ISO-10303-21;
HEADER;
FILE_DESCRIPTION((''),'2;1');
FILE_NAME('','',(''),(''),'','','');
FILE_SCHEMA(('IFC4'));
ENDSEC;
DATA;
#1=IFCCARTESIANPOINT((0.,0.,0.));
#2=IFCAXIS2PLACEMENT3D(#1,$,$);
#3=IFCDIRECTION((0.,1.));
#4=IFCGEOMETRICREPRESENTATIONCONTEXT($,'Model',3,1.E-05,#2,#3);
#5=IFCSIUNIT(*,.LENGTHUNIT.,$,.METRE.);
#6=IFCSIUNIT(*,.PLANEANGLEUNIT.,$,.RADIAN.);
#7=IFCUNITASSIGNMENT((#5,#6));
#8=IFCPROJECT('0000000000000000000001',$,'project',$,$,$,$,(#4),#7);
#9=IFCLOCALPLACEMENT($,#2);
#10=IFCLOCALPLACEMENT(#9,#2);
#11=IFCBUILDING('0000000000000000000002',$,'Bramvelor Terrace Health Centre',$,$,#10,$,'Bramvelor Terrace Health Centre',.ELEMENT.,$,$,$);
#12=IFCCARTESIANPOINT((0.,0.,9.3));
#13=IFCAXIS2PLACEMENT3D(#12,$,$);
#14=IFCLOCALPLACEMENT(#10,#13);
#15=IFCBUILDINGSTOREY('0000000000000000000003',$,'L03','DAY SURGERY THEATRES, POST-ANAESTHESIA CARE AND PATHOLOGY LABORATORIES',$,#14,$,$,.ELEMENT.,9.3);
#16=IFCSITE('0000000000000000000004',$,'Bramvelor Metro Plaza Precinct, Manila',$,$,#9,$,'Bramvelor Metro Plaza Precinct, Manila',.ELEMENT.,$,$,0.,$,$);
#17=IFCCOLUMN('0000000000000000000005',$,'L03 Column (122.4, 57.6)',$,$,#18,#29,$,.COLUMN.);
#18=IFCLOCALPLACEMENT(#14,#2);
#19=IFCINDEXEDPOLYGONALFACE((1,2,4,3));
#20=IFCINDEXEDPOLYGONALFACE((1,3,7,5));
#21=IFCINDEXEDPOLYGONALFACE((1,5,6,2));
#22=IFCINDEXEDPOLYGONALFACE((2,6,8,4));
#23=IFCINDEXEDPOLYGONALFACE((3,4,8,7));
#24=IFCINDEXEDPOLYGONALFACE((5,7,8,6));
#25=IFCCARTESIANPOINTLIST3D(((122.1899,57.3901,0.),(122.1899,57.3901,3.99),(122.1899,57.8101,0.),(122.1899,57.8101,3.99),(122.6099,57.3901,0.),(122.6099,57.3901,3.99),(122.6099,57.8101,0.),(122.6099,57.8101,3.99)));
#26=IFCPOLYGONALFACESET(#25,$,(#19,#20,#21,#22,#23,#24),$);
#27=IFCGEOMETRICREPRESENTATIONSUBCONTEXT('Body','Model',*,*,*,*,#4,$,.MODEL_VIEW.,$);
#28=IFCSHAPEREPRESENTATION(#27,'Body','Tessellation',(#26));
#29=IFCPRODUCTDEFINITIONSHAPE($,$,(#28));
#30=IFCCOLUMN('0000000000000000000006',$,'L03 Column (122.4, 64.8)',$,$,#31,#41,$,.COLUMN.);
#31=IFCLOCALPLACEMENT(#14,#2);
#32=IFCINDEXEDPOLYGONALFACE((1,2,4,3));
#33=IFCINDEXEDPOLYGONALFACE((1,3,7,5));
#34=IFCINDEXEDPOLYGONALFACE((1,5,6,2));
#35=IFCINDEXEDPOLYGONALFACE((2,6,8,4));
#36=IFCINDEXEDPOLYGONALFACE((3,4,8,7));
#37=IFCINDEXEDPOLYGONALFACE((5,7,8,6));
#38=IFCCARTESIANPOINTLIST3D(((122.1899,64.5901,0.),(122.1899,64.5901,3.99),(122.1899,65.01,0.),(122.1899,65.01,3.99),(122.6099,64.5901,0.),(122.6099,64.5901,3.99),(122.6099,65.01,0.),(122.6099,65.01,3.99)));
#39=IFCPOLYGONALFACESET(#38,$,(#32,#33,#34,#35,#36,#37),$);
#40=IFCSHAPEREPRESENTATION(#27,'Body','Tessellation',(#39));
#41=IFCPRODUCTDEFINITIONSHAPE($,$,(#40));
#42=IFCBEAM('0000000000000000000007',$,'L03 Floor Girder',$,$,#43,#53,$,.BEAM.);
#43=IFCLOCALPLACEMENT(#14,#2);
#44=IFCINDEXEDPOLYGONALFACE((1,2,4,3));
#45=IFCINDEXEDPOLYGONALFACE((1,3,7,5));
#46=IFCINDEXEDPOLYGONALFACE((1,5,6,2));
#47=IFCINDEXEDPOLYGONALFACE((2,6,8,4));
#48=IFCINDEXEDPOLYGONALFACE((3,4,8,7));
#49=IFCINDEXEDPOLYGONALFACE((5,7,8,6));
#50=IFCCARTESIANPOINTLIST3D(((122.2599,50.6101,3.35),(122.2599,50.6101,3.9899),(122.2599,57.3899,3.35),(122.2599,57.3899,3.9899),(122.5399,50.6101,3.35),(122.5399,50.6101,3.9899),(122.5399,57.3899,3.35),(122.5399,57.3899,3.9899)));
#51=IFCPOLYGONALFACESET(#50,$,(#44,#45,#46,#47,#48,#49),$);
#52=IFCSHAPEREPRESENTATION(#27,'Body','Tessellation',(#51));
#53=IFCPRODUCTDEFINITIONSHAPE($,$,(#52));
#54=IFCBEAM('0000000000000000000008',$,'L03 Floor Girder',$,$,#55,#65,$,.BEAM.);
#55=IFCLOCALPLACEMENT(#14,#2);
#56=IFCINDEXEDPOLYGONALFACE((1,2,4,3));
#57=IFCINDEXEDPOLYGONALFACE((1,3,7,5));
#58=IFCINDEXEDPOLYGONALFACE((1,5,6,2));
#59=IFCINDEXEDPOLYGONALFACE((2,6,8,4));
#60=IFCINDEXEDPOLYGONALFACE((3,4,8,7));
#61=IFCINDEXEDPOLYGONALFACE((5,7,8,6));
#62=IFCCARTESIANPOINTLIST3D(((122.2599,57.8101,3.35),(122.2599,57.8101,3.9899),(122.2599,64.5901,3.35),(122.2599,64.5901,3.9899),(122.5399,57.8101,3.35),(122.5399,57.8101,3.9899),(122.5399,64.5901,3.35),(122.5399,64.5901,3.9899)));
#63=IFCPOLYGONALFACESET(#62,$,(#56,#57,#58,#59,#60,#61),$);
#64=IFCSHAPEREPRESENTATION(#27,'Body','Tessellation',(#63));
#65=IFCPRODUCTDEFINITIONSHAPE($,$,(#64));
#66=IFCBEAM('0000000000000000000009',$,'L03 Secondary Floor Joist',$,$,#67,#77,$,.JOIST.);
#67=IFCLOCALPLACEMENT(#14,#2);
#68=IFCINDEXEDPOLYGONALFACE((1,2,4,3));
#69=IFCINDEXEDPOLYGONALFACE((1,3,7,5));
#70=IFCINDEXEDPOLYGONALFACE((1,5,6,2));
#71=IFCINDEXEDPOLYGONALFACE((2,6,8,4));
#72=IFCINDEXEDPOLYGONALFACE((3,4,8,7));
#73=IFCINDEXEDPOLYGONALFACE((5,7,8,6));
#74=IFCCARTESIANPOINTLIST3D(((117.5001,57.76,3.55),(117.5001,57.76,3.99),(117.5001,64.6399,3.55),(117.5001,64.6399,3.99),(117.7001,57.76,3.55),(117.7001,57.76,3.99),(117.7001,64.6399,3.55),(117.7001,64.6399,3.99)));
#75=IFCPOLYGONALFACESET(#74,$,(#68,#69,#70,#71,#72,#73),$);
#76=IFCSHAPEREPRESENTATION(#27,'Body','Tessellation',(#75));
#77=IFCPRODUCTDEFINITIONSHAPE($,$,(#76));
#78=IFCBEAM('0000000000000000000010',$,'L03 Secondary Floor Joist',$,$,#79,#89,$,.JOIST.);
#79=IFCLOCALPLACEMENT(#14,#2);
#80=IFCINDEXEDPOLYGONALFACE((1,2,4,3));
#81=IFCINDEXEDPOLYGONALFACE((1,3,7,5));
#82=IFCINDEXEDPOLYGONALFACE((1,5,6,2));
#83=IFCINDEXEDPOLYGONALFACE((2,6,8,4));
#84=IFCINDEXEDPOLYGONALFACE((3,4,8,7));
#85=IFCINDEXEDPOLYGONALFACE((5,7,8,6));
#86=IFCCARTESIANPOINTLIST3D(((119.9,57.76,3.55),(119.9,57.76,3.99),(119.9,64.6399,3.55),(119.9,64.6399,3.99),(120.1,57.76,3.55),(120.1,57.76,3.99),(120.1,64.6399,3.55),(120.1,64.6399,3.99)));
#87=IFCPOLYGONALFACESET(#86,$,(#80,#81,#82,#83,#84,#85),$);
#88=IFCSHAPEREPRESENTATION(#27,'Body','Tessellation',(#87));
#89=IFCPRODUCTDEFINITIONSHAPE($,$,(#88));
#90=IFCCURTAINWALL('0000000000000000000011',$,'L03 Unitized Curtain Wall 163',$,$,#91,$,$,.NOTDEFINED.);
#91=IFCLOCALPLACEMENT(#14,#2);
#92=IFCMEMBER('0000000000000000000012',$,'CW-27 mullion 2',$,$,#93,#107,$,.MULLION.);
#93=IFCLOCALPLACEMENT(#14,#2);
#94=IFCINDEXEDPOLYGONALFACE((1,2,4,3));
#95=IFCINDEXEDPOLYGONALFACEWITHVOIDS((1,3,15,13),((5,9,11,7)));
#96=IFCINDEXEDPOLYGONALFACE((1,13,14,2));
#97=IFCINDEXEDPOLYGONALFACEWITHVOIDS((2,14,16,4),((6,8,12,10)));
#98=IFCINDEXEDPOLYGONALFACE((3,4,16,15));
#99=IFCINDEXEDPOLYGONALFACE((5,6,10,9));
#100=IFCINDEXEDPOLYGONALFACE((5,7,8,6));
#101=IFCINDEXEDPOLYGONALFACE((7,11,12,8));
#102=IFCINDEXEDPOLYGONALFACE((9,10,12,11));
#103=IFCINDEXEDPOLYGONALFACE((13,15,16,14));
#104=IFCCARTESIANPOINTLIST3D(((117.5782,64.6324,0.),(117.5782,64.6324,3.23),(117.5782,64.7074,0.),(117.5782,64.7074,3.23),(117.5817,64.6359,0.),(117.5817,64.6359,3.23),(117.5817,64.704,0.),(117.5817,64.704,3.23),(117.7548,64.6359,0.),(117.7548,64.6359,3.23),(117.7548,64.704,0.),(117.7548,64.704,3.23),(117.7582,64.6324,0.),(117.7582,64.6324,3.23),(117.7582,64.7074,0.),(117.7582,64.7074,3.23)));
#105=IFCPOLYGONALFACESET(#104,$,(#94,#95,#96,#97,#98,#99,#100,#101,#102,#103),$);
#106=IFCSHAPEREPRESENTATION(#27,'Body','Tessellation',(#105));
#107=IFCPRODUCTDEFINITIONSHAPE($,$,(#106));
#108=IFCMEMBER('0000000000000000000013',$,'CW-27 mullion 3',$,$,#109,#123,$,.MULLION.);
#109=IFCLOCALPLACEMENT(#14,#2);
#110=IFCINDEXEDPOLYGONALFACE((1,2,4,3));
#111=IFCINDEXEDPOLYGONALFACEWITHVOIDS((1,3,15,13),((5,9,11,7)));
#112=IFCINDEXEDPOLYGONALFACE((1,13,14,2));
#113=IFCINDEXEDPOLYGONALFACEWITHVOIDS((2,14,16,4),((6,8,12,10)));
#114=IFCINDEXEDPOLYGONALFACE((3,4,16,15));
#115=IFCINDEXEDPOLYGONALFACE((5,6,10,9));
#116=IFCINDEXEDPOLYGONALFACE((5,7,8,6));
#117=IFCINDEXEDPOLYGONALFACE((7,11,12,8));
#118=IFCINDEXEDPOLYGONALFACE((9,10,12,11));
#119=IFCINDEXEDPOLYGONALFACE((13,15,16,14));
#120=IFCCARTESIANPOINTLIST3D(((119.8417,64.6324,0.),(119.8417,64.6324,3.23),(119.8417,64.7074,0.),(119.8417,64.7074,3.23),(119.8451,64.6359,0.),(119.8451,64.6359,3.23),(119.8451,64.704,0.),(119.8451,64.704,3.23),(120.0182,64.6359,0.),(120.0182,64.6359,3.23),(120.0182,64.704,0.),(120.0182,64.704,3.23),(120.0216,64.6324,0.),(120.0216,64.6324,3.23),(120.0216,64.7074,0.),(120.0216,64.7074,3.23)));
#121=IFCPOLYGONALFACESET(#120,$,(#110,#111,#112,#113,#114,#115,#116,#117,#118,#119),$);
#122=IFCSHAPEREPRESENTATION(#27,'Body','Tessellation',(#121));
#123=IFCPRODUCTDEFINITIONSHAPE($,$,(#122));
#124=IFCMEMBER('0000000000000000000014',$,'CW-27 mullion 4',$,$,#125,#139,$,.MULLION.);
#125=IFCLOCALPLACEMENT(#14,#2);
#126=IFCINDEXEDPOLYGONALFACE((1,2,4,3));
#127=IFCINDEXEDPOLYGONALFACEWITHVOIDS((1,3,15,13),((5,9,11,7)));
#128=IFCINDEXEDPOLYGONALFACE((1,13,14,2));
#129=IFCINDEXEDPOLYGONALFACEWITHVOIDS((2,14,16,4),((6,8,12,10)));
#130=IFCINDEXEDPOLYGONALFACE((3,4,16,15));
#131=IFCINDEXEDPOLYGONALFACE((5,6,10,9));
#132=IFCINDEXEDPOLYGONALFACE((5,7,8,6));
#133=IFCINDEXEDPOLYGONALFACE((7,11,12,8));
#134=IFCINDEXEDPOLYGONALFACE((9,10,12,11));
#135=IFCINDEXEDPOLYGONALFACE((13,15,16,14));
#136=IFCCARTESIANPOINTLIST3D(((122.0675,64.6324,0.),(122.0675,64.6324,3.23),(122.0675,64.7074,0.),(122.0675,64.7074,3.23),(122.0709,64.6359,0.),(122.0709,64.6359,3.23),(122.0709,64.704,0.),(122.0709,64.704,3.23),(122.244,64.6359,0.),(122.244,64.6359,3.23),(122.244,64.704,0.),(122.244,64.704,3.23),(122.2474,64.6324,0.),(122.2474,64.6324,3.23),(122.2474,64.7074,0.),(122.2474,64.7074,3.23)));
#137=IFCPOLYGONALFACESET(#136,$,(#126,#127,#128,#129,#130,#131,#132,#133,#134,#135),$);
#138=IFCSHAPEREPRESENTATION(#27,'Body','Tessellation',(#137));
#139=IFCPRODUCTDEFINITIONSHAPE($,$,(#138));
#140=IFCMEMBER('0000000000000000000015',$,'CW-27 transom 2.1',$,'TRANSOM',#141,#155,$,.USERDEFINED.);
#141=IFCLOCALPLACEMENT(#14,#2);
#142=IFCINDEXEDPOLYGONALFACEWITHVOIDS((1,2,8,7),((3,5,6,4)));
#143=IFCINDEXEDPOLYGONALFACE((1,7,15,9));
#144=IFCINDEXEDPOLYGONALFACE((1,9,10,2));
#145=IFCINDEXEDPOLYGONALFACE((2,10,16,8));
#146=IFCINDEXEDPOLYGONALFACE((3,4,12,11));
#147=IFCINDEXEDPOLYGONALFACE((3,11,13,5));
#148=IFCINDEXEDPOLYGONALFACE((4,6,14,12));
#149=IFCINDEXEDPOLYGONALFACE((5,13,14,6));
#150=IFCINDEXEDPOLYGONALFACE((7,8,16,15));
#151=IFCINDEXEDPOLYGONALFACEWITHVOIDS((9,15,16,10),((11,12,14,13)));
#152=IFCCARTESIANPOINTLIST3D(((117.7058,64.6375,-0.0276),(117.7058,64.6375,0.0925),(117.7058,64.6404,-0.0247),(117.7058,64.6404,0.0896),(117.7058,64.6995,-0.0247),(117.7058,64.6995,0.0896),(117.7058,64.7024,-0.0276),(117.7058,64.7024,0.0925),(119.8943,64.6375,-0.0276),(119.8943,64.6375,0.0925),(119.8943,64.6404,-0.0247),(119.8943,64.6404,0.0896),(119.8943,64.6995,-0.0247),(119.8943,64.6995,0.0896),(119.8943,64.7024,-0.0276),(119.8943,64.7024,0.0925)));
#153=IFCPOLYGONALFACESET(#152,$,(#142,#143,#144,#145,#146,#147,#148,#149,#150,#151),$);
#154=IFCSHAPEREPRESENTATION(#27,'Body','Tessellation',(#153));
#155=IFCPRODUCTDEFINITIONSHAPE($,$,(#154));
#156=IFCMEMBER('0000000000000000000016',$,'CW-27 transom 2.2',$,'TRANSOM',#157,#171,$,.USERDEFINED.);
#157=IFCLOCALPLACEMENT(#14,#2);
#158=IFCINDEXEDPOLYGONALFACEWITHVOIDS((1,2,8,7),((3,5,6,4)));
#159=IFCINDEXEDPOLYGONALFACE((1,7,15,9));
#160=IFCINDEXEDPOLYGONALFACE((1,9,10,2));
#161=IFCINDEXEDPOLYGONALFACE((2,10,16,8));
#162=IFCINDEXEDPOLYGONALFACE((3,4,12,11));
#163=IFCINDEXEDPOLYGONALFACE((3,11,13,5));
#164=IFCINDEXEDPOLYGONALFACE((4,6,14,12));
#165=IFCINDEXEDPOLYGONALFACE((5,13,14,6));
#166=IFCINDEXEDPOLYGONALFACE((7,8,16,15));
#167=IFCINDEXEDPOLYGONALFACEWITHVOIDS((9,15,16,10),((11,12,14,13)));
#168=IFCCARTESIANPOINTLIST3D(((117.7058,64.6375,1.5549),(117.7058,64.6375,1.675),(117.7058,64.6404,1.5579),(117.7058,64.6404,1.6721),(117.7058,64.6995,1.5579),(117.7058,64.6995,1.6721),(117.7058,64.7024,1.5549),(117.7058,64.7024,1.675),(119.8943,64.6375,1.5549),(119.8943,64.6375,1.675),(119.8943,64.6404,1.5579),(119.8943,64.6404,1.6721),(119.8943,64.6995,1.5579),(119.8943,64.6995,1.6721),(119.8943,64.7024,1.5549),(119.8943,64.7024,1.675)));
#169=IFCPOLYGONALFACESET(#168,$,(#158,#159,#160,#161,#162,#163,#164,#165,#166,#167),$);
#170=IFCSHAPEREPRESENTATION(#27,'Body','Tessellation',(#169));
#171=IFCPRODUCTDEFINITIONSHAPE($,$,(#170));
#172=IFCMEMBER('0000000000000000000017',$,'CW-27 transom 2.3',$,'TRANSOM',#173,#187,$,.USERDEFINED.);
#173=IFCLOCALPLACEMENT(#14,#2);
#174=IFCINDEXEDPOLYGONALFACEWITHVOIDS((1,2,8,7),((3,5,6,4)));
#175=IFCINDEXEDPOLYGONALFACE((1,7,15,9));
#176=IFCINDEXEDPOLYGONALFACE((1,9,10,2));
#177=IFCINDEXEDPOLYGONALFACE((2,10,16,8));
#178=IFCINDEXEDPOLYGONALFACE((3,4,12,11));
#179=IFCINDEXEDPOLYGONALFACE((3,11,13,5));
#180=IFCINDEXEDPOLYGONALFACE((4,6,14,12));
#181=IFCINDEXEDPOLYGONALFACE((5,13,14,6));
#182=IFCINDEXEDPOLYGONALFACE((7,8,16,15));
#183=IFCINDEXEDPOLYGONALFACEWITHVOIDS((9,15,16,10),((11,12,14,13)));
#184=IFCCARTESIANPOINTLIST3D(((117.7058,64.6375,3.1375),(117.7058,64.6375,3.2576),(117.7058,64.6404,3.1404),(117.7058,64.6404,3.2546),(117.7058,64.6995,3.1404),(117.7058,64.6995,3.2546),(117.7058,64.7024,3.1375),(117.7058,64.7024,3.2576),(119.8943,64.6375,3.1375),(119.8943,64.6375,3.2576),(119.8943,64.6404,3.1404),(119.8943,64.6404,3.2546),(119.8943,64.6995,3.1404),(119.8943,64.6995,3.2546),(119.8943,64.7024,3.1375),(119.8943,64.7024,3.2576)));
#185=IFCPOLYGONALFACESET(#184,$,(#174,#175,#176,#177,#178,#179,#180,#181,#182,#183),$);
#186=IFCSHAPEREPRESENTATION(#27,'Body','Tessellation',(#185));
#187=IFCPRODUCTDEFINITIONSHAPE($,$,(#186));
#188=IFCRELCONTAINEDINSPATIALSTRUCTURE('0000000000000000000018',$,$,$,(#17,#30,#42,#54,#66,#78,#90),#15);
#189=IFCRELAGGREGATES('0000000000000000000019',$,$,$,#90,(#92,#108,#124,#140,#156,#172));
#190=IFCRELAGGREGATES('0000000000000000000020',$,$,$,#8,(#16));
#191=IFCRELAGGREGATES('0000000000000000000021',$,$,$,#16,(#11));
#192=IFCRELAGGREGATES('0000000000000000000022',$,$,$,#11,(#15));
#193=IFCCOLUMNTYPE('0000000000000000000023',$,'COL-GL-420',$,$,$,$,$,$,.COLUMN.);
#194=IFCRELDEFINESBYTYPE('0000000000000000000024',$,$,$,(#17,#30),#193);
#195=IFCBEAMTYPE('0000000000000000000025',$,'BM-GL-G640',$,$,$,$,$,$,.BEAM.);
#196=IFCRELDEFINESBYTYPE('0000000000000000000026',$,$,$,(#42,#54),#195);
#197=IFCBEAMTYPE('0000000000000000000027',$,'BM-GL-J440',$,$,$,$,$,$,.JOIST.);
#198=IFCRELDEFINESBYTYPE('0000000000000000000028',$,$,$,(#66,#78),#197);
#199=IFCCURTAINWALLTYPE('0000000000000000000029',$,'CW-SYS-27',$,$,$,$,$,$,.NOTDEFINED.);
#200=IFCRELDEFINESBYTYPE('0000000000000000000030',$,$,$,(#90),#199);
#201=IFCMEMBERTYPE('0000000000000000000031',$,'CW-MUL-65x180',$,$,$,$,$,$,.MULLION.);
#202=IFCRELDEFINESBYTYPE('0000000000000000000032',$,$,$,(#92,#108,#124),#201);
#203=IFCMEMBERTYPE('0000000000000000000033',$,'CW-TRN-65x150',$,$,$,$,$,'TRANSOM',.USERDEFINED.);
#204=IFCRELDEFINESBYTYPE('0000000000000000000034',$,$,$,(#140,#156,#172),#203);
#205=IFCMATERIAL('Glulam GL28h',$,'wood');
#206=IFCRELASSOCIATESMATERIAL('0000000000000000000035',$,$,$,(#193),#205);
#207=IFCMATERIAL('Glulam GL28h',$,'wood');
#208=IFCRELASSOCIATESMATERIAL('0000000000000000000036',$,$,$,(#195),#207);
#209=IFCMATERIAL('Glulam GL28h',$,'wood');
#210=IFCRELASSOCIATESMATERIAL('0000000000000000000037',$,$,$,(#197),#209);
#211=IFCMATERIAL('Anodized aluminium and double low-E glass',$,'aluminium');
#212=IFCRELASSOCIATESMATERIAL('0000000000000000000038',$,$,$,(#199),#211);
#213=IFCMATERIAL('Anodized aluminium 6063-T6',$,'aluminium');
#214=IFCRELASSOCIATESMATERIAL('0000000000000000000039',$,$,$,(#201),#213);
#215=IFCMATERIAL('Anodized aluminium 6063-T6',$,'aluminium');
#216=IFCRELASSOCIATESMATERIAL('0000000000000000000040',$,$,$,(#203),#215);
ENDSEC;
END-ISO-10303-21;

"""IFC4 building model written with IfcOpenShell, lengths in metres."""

from ifc_helpers import new_model, si_unit, direction, frame, origin, origin_2d, place, context, subcontext, project, spatial, rectangle, hollow_rectangle, extrude, material, material_profile, profile_set, type_object, element, aggregate, save


model = new_model("IFC4")

# Units and contexts
model_context = context("Model", 3, precision=1e-05, world=origin(), true_north=direction((0.0, 1.0)))
body_context = subcontext(model_context, "Body", "Model", "MODEL_VIEW")
ifc_project = project(units=[si_unit("LENGTHUNIT", "METRE"), si_unit("PLANEANGLEUNIT", "RADIAN")], contexts=[model_context])

# Site, building, storey
site_placement = place(None, origin())
site = spatial("IfcSite", under=ifc_project, at=site_placement, Name="Bramvelor Metro Plaza Precinct, Manila", LongName="Bramvelor Metro Plaza Precinct, Manila", CompositionType="ELEMENT", RefElevation=0.0)
building_placement = place(site_placement, origin())
building = spatial("IfcBuilding", under=site, at=building_placement, Name="Bramvelor Terrace Health Centre", LongName="Bramvelor Terrace Health Centre", CompositionType="ELEMENT")
storey_placement = place(building_placement, frame((0.0, 0.0, 9.3)))
storey = spatial("IfcBuildingStorey", under=building, at=storey_placement, Name="L03", Description="DAY SURGERY THEATRES, POST-ANAESTHESIA CARE AND PATHOLOGY LABORATORIES", CompositionType="ELEMENT", Elevation=9.3)

# Columns
ifc_material_1 = material(Name="Glulam GL28h", Category="wood")
ifc_material_profile_1 = material_profile(ifc_material_1, rectangle(XDim=0.4199, YDim=0.4199, at=origin_2d()), Name="GL 420x420")
ifc_profile_set_1 = profile_set([ifc_material_profile_1], Name="Glulam GL28h")
column_type = type_object("IfcColumnType", Name="COL-GL-420", PredefinedType="COLUMN", material=ifc_profile_set_1)
for number, where, z_axis, x_axis, name in (
    (1, (122.3999, 57.6001, 0.0), (0.0, 0.0, 1.0), (1.0, 0.0, 0.0), "L03 Column (122.4, 57.6)"),
    (2, (122.3999, 64.8, 0.0), (0.0, 0.0, 1.0), (1.0, 0.0, 0.0), "L03 Column (122.4, 64.8)"),
):
    element("IfcColumn", number, at=place(storey_placement, frame(where, z_axis=z_axis, x_axis=x_axis)), inside=storey, type_object=column_type, Name=name, PredefinedType="COLUMN", context=body_context, shape_type="SweptSolid", body=[
        extrude(rectangle(XDim=0.4199, YDim=0.4199, at=origin_2d()), origin(), (0.0, 0.0, 1.0), 3.99),
    ])

# Beams
ifc_material_2 = material(Name="Glulam GL28h", Category="wood")
ifc_material_profile_2 = material_profile(ifc_material_2, rectangle(XDim=0.28, YDim=0.6399, at=origin_2d()), Name="GL 280x640")
ifc_profile_set_2 = profile_set([ifc_material_profile_2], Name="Glulam GL28h")
beam_type_1 = type_object("IfcBeamType", Name="BM-GL-G640", PredefinedType="BEAM", material=ifc_profile_set_2)
beam_1_placement = place(storey_placement, frame((122.3999, 50.6101, 3.6699), z_axis=(0.0, 1.0, 0.0), x_axis=(-1.0, 0.0, 0.0)))
element("IfcBeam", 3, at=beam_1_placement, inside=storey, type_object=beam_type_1, Name="L03 Floor Girder", PredefinedType="BEAM", context=body_context, shape_type="SweptSolid", body=[
    extrude(rectangle(XDim=0.28, YDim=0.6399, at=origin_2d()), origin(), (0.0, 0.0, 1.0), 6.7798),
])
beam_2_placement = place(storey_placement, frame((122.3999, 57.8101, 3.6699), z_axis=(0.0, 1.0, 0.0), x_axis=(-1.0, 0.0, 0.0)))
element("IfcBeam", 4, at=beam_2_placement, inside=storey, type_object=beam_type_1, Name="L03 Floor Girder", PredefinedType="BEAM", context=body_context, shape_type="SweptSolid", body=[
    extrude(rectangle(XDim=0.28, YDim=0.6399, at=origin_2d()), origin(), (0.0, 0.0, 1.0), 6.78),
])
ifc_material_3 = material(Name="Glulam GL28h", Category="wood")
ifc_material_profile_3 = material_profile(ifc_material_3, rectangle(XDim=0.2, YDim=0.4399, at=origin_2d()), Name="GL 200x440")
ifc_profile_set_3 = profile_set([ifc_material_profile_3], Name="Glulam GL28h")
beam_type_2 = type_object("IfcBeamType", Name="BM-GL-J440", PredefinedType="JOIST", material=ifc_profile_set_3)
for number, where, z_axis, x_axis, name in (
    (5, (117.6001, 57.76, 3.77), (0.0, 1.0, 0.0), (-1.0, 0.0, 0.0), "L03 Secondary Floor Joist"),
    (6, (120.0, 57.76, 3.77), (0.0, 1.0, 0.0), (-1.0, 0.0, 0.0), "L03 Secondary Floor Joist"),
):
    element("IfcBeam", number, at=place(storey_placement, frame(where, z_axis=z_axis, x_axis=x_axis)), inside=storey, type_object=beam_type_2, Name=name, PredefinedType="JOIST", context=body_context, shape_type="SweptSolid", body=[
        extrude(rectangle(XDim=0.2, YDim=0.4399, at=origin_2d()), origin(), (0.0, 0.0, 1.0), 6.8799),
    ])

# Curtain wall, members
ifc_material_4 = material(Name="Anodized aluminium and double low-E glass", Category="aluminium")
curtain_wall_type = type_object("IfcCurtainWallType", Name="CW-SYS-27", PredefinedType="NOTDEFINED", material=ifc_material_4)
curtain_wall_placement = place(storey_placement, origin())
curtain_wall = element("IfcCurtainWall", 7, at=curtain_wall_placement, inside=storey, type_object=curtain_wall_type, Name="L03 Unitized Curtain Wall 163", PredefinedType="NOTDEFINED")
ifc_material_5 = material(Name="Anodized aluminium 6063-T6", Category="aluminium")
ifc_material_profile_4 = material_profile(ifc_material_5, hollow_rectangle(XDim=0.075, YDim=0.1799, WallThickness=0.0034, at=origin_2d()), Name="ALU-MUL 75x180x3.5")
ifc_profile_set_4 = profile_set([ifc_material_profile_4], Name="Anodized aluminium 6063-T6")
member_type_1 = type_object("IfcMemberType", Name="CW-MUL-65x180", PredefinedType="MULLION", material=ifc_profile_set_4)
member_1_placement = place(storey_placement, frame((117.6682, 64.6699, 0.0), z_axis=(0.0, 0.0, 1.0), x_axis=(0.0, 1.0, 0.0)))
member_1 = element("IfcMember", 8, at=member_1_placement, type_object=member_type_1, Name="CW-27 mullion 2", PredefinedType="MULLION", context=body_context, shape_type="SweptSolid", body=[
    extrude(hollow_rectangle(XDim=0.075, YDim=0.1799, WallThickness=0.0034, at=origin_2d()), origin(), (0.0, 0.0, 1.0), 3.23),
])
member_2_placement = place(storey_placement, frame((119.9316, 64.6699, 0.0), z_axis=(0.0, 0.0, 1.0), x_axis=(0.0, 1.0, 0.0)))
member_2 = element("IfcMember", 9, at=member_2_placement, type_object=member_type_1, Name="CW-27 mullion 3", PredefinedType="MULLION", context=body_context, shape_type="SweptSolid", body=[
    extrude(hollow_rectangle(XDim=0.075, YDim=0.1799, WallThickness=0.0034, at=origin_2d()), origin(), (0.0, 0.0, 1.0), 3.23),
])
member_3_placement = place(storey_placement, frame((122.1575, 64.6699, 0.0), z_axis=(0.0, 0.0, 1.0), x_axis=(0.0, 1.0, 0.0)))
member_3 = element("IfcMember", 10, at=member_3_placement, type_object=member_type_1, Name="CW-27 mullion 4", PredefinedType="MULLION", context=body_context, shape_type="SweptSolid", body=[
    extrude(hollow_rectangle(XDim=0.075, YDim=0.1799, WallThickness=0.0034, at=origin_2d()), origin(), (0.0, 0.0, 1.0), 3.23),
])
ifc_material_6 = material(Name="Anodized aluminium 6063-T6", Category="aluminium")
ifc_material_profile_5 = material_profile(ifc_material_6, hollow_rectangle(XDim=0.0649, YDim=0.1201, WallThickness=0.0029, at=origin_2d()), Name="ALU-TRN 65x120x3.0")
ifc_profile_set_5 = profile_set([ifc_material_profile_5], Name="Anodized aluminium 6063-T6")
member_type_2 = type_object("IfcMemberType", Name="CW-TRN-65x150", ElementType="TRANSOM", PredefinedType="USERDEFINED", material=ifc_profile_set_5)
member_4_placement = place(storey_placement, frame((117.7058, 64.6699, 0.0325), z_axis=(1.0, 0.0, 0.0), x_axis=(0.0, 1.0, 0.0)))
member_4 = element("IfcMember", 11, at=member_4_placement, type_object=member_type_2, Name="CW-27 transom 2.1", ObjectType="TRANSOM", PredefinedType="USERDEFINED", context=body_context, shape_type="SweptSolid", body=[
    extrude(hollow_rectangle(XDim=0.0649, YDim=0.1201, WallThickness=0.0029, at=origin_2d()), origin(), (0.0, 0.0, 1.0), 2.1885),
])
member_5_placement = place(storey_placement, frame((117.7058, 64.6699, 1.615), z_axis=(1.0, 0.0, 0.0), x_axis=(0.0, 1.0, 0.0)))
member_5 = element("IfcMember", 12, at=member_5_placement, type_object=member_type_2, Name="CW-27 transom 2.2", ObjectType="TRANSOM", PredefinedType="USERDEFINED", context=body_context, shape_type="SweptSolid", body=[
    extrude(hollow_rectangle(XDim=0.0649, YDim=0.1201, WallThickness=0.0029, at=origin_2d()), origin(), (0.0, 0.0, 1.0), 2.1885),
])
member_6_placement = place(storey_placement, frame((117.7058, 64.6699, 3.1975), z_axis=(1.0, 0.0, 0.0), x_axis=(0.0, 1.0, 0.0)))
member_6 = element("IfcMember", 13, at=member_6_placement, type_object=member_type_2, Name="CW-27 transom 2.3", ObjectType="TRANSOM", PredefinedType="USERDEFINED", context=body_context, shape_type="SweptSolid", body=[
    extrude(hollow_rectangle(XDim=0.0649, YDim=0.1201, WallThickness=0.0029, at=origin_2d()), origin(), (0.0, 0.0, 1.0), 2.1885),
])
aggregate(curtain_wall, [member_1, member_2, member_3, member_4, member_5, member_6])

save(model, "model.ifc")
